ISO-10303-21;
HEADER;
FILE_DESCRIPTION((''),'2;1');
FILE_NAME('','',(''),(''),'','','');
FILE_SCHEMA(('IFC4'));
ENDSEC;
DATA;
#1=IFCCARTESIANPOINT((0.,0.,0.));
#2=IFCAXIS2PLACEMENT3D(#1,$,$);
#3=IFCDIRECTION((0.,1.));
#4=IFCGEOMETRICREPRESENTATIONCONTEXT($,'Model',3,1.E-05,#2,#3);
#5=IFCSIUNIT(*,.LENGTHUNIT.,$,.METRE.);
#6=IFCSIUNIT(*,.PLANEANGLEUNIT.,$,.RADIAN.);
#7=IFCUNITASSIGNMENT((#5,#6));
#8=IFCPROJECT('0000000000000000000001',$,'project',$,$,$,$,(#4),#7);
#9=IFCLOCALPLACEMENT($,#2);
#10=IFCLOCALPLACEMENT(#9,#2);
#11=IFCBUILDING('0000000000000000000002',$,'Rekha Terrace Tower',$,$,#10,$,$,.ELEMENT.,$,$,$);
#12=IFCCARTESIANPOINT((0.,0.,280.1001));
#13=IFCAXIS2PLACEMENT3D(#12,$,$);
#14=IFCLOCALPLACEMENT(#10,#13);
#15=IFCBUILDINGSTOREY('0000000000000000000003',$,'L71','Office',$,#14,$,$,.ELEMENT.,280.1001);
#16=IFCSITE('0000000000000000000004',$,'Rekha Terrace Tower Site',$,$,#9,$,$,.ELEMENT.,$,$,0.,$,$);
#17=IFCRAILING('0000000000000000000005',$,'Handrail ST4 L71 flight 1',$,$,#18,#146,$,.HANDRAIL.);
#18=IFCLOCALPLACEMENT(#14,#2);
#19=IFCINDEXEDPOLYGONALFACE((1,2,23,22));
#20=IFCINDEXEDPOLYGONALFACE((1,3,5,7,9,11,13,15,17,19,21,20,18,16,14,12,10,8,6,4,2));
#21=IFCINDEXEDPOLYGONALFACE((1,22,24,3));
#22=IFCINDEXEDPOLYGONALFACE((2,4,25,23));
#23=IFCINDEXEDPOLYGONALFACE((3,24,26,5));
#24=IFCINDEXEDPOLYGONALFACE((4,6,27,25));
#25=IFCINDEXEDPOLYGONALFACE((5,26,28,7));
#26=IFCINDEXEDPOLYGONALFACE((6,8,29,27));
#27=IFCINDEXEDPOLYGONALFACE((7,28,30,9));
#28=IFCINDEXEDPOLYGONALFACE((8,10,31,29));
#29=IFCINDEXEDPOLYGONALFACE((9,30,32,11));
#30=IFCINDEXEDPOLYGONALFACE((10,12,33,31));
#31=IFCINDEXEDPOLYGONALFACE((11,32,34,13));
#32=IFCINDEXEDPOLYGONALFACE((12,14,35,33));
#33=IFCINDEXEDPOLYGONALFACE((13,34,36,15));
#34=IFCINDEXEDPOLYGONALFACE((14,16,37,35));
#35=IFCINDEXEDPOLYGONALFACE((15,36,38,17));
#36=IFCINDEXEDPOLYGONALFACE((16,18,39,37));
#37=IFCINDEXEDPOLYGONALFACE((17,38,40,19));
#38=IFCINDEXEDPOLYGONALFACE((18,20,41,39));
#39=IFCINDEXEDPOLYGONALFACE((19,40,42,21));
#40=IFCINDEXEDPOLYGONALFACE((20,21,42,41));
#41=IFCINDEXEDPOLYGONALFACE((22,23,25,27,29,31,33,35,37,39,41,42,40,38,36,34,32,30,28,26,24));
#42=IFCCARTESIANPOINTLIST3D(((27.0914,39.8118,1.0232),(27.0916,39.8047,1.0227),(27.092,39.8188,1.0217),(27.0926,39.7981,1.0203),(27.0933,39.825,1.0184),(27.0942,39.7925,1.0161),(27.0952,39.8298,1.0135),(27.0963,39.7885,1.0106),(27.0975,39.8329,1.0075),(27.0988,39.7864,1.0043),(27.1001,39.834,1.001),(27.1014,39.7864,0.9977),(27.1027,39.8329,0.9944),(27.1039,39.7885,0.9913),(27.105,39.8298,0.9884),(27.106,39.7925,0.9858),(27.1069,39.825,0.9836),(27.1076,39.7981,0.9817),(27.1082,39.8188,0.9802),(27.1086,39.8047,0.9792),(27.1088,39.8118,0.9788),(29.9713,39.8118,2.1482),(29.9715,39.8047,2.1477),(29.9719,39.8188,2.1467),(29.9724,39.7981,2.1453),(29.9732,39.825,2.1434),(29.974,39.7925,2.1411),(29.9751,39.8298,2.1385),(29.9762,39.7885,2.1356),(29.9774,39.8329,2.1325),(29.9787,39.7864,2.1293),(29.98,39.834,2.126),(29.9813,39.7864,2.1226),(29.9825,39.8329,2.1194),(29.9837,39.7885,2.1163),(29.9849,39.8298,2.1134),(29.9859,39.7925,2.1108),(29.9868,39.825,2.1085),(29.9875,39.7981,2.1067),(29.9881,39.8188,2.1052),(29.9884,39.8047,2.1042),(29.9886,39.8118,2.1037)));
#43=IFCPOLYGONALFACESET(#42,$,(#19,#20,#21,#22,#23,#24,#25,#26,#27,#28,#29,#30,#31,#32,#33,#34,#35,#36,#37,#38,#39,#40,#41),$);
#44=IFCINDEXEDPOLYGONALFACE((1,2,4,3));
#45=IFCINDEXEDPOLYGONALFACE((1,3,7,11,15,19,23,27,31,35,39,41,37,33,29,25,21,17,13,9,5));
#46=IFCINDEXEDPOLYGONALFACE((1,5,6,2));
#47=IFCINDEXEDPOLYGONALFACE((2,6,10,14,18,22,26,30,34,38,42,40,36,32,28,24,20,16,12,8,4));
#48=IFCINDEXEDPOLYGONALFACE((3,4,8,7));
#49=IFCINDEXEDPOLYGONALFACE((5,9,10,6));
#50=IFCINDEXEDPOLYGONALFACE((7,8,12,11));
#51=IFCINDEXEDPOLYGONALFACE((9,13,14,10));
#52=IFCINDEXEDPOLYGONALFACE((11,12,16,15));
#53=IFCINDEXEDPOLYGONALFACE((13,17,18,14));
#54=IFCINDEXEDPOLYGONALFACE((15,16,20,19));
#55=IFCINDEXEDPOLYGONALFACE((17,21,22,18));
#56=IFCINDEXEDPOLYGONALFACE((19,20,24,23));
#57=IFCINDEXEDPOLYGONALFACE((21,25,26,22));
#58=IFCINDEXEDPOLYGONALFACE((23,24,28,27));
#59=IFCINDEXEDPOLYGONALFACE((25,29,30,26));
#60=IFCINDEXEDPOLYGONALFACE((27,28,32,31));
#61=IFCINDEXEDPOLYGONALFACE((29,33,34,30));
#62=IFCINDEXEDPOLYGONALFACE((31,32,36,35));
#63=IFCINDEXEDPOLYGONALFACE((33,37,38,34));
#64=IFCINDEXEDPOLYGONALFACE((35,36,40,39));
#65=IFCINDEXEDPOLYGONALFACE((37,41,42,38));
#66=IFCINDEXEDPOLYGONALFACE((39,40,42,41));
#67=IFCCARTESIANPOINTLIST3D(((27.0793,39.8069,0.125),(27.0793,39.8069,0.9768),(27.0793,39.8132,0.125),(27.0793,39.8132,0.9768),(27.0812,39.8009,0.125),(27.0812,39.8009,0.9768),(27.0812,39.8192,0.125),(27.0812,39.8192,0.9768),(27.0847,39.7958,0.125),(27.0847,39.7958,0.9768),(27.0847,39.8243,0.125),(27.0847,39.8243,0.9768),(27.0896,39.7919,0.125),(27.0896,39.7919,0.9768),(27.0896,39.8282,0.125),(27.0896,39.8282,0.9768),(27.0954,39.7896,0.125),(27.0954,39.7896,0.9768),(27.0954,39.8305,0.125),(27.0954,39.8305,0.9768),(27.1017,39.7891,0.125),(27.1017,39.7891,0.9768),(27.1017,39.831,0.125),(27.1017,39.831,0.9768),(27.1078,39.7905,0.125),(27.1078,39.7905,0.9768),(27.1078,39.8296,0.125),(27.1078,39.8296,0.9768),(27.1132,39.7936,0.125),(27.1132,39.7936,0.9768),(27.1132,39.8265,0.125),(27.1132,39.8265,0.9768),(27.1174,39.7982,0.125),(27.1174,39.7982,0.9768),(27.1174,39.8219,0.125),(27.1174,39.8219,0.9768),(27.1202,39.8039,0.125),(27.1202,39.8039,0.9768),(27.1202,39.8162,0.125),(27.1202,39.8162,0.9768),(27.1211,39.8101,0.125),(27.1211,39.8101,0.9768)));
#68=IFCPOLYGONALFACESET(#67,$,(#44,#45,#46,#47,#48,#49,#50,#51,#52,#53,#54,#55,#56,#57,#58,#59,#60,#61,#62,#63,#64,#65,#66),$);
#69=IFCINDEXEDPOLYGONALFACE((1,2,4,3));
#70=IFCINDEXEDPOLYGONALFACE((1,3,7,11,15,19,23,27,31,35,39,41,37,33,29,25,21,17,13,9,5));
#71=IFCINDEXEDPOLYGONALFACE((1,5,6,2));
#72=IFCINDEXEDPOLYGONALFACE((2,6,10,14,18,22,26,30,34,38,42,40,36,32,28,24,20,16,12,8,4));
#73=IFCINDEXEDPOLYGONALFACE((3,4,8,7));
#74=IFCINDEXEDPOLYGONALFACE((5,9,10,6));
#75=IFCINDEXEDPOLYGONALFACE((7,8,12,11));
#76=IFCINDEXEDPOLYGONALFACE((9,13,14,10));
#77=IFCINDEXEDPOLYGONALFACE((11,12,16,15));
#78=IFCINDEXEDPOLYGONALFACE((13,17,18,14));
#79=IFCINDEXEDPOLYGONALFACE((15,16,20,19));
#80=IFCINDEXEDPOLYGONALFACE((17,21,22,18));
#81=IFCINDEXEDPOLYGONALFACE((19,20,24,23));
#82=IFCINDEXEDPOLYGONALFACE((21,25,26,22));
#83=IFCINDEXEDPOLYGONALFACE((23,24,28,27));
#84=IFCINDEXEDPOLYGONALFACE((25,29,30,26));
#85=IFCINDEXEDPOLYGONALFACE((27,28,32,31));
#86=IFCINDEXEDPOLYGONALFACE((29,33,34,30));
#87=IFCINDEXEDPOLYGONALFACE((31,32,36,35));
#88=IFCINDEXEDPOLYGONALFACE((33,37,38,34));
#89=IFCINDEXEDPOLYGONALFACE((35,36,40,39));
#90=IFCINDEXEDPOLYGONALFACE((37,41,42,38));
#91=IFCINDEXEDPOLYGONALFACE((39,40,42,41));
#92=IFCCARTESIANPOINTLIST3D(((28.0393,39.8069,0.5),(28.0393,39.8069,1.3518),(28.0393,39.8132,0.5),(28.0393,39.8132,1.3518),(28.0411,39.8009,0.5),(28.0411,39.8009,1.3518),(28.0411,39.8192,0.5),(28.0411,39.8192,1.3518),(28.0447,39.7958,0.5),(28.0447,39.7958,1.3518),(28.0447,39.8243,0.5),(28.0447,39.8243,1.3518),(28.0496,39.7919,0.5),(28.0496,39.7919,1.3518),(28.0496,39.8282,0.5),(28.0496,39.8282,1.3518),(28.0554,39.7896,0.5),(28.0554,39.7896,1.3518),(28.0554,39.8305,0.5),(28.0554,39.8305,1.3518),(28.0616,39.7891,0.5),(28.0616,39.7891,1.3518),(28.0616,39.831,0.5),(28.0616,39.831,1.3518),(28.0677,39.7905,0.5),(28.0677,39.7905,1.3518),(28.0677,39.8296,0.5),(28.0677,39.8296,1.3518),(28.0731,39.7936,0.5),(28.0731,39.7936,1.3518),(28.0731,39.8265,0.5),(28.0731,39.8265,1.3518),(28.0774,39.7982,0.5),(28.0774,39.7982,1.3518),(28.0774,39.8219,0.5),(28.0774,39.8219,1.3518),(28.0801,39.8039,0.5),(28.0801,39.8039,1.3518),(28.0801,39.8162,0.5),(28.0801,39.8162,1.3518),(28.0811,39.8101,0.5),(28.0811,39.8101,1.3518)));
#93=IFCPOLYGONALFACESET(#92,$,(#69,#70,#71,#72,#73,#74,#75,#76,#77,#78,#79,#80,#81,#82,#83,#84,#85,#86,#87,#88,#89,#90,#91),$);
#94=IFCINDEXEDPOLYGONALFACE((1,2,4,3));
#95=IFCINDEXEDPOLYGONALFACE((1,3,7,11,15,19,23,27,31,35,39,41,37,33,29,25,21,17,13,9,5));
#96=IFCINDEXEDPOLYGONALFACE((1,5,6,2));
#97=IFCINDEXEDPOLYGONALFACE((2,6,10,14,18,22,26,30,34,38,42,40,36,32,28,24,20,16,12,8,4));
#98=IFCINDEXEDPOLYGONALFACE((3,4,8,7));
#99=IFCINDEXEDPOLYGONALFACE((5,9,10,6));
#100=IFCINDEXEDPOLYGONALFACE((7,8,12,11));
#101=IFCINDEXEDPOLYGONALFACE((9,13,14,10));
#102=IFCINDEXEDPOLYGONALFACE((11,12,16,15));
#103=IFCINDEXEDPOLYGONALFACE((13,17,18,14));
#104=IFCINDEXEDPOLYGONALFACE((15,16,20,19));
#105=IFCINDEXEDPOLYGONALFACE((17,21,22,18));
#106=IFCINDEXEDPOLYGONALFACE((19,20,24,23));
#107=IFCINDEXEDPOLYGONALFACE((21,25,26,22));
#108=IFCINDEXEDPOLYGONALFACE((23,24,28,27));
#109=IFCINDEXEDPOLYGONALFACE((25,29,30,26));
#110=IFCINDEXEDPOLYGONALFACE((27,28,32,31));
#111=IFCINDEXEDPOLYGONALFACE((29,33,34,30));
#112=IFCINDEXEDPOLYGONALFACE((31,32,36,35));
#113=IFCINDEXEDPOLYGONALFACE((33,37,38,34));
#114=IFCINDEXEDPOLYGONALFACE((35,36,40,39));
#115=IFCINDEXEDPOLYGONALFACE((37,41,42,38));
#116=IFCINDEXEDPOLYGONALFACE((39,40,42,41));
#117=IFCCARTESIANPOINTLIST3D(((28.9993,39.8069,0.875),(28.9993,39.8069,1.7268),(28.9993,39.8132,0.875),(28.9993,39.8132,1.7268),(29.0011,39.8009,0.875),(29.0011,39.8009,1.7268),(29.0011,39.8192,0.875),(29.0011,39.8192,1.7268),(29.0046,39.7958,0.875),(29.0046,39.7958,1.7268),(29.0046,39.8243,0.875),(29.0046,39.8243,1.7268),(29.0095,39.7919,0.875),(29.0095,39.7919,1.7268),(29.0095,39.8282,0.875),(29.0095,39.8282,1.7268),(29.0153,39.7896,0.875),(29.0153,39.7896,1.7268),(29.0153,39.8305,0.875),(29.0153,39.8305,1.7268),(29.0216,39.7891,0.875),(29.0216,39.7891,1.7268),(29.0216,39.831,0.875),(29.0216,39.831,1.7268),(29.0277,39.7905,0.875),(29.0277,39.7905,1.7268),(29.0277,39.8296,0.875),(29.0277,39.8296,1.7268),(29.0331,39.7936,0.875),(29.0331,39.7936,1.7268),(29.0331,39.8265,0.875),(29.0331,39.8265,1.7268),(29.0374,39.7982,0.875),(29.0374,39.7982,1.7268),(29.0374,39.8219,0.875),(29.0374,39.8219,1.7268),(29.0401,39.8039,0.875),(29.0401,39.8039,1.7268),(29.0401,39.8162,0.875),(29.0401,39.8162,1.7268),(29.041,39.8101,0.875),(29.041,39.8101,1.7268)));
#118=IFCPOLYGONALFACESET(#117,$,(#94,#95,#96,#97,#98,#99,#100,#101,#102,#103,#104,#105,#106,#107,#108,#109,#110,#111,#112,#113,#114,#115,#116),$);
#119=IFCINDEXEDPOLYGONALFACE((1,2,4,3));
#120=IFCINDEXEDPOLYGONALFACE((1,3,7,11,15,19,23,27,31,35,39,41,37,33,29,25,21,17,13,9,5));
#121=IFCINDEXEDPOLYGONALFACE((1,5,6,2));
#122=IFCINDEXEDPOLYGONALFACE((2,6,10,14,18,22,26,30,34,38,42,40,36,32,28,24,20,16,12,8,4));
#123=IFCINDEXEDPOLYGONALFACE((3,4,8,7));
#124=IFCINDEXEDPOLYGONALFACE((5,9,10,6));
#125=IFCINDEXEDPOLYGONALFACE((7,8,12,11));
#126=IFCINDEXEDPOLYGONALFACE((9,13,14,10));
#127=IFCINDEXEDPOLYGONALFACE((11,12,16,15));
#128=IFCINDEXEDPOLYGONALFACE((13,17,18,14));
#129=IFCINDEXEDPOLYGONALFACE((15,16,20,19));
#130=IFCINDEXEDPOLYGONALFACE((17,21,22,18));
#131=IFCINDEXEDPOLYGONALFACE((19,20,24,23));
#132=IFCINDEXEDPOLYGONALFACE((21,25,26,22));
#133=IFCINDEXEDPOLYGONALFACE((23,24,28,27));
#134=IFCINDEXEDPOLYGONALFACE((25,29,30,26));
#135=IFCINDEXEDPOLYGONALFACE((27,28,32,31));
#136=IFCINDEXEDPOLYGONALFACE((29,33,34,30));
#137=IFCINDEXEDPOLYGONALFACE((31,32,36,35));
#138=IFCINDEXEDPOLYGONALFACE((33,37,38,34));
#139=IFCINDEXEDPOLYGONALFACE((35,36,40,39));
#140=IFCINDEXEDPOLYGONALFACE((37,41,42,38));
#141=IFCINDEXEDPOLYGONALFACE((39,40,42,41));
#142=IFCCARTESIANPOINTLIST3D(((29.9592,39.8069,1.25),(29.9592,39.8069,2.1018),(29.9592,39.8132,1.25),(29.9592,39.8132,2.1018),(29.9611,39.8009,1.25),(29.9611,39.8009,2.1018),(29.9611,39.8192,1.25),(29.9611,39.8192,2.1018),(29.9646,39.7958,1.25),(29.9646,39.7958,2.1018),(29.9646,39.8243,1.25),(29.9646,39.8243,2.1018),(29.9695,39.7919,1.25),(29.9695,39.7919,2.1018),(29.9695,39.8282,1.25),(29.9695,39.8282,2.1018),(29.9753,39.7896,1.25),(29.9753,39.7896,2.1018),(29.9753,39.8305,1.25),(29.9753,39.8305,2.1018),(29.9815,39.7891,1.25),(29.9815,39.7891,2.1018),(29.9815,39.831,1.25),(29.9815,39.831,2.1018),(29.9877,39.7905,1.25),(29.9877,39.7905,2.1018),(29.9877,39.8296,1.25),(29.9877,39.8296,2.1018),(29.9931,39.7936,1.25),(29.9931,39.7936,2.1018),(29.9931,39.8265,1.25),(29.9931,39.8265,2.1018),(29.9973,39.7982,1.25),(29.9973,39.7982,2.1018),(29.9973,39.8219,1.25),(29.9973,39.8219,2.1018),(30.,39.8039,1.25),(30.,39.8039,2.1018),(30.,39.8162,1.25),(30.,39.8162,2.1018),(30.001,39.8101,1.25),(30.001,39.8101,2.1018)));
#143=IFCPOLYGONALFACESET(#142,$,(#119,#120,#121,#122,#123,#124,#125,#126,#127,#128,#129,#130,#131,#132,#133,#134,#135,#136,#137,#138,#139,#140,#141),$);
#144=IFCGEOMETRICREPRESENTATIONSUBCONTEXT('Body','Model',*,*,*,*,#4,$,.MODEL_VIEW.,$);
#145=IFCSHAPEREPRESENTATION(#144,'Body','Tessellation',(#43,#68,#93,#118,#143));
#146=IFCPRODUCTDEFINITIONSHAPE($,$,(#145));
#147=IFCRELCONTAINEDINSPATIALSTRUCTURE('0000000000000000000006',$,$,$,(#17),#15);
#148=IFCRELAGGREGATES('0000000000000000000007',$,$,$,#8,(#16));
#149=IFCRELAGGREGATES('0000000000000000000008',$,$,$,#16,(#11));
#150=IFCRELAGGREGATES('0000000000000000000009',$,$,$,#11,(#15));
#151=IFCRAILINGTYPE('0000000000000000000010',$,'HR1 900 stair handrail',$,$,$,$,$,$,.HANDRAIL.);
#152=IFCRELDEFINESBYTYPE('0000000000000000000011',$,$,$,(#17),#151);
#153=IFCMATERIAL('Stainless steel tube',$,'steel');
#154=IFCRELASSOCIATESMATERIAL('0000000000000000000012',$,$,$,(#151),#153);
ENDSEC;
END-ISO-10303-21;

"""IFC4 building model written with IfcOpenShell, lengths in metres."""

from ifc_helpers import new_model, si_unit, direction, frame, origin, origin_2d, place, context, subcontext, project, spatial, circle, extrude, material, type_object, element, save


model = new_model("IFC4")

# Units and contexts
model_context = context("Model", 3, precision=1e-05, world=origin(), true_north=direction((0.0, 1.0)))
body_context = subcontext(model_context, "Body", "Model", "MODEL_VIEW")
ifc_project = project(units=[si_unit("LENGTHUNIT", "METRE"), si_unit("PLANEANGLEUNIT", "RADIAN")], contexts=[model_context])

# Site, building, storey
site_placement = place(None, origin())
site = spatial("IfcSite", under=ifc_project, at=site_placement, Name="Rekha Terrace Tower Site", CompositionType="ELEMENT", RefElevation=0.0)
building_placement = place(site_placement, origin())
building = spatial("IfcBuilding", under=site, at=building_placement, Name="Rekha Terrace Tower", CompositionType="ELEMENT")
storey_placement = place(building_placement, frame((0.0, 0.0, 280.1001)))
storey = spatial("IfcBuildingStorey", under=building, at=storey_placement, Name="L71", Description="Office", CompositionType="ELEMENT", Elevation=280.1001)

# Railing
ifc_material_1 = material(Name="Stainless steel tube", Category="steel")
railing_type_1 = type_object("IfcRailingType", Name="HR1 900 stair handrail", PredefinedType="HANDRAIL", material=ifc_material_1)
railing_1_placement = place(storey_placement, frame((27.1001, 39.8101, 0.125)))
element("IfcRailing", 1, at=railing_1_placement, inside=storey, type_object=railing_type_1, Name="Handrail ST4 L71 flight 1", PredefinedType="HANDRAIL", context=body_context, shape_type="SweptSolid", body=[
    extrude(circle(Radius=0.0239, at=origin_2d()), frame((0.0, 0.0, 0.876), z_axis=(0.931452, 0.0, 0.363863), x_axis=(0.0, 1.0, 0.0)), (0.0, 0.0, 1.0), 3.0918),
    extrude(circle(Radius=0.021, at=origin_2d()), origin(), (0.0, 0.0, 1.0), 0.8518),
    extrude(circle(Radius=0.021, at=origin_2d()), frame((0.96, 0.0, 0.375)), (0.0, 0.0, 1.0), 0.8518),
    extrude(circle(Radius=0.021, at=origin_2d()), frame((1.9199, 0.0, 0.75)), (0.0, 0.0, 1.0), 0.8518),
    extrude(circle(Radius=0.021, at=origin_2d()), frame((2.8799, 0.0, 1.125)), (0.0, 0.0, 1.0), 0.8518),
])

save(model, "model.ifc")
